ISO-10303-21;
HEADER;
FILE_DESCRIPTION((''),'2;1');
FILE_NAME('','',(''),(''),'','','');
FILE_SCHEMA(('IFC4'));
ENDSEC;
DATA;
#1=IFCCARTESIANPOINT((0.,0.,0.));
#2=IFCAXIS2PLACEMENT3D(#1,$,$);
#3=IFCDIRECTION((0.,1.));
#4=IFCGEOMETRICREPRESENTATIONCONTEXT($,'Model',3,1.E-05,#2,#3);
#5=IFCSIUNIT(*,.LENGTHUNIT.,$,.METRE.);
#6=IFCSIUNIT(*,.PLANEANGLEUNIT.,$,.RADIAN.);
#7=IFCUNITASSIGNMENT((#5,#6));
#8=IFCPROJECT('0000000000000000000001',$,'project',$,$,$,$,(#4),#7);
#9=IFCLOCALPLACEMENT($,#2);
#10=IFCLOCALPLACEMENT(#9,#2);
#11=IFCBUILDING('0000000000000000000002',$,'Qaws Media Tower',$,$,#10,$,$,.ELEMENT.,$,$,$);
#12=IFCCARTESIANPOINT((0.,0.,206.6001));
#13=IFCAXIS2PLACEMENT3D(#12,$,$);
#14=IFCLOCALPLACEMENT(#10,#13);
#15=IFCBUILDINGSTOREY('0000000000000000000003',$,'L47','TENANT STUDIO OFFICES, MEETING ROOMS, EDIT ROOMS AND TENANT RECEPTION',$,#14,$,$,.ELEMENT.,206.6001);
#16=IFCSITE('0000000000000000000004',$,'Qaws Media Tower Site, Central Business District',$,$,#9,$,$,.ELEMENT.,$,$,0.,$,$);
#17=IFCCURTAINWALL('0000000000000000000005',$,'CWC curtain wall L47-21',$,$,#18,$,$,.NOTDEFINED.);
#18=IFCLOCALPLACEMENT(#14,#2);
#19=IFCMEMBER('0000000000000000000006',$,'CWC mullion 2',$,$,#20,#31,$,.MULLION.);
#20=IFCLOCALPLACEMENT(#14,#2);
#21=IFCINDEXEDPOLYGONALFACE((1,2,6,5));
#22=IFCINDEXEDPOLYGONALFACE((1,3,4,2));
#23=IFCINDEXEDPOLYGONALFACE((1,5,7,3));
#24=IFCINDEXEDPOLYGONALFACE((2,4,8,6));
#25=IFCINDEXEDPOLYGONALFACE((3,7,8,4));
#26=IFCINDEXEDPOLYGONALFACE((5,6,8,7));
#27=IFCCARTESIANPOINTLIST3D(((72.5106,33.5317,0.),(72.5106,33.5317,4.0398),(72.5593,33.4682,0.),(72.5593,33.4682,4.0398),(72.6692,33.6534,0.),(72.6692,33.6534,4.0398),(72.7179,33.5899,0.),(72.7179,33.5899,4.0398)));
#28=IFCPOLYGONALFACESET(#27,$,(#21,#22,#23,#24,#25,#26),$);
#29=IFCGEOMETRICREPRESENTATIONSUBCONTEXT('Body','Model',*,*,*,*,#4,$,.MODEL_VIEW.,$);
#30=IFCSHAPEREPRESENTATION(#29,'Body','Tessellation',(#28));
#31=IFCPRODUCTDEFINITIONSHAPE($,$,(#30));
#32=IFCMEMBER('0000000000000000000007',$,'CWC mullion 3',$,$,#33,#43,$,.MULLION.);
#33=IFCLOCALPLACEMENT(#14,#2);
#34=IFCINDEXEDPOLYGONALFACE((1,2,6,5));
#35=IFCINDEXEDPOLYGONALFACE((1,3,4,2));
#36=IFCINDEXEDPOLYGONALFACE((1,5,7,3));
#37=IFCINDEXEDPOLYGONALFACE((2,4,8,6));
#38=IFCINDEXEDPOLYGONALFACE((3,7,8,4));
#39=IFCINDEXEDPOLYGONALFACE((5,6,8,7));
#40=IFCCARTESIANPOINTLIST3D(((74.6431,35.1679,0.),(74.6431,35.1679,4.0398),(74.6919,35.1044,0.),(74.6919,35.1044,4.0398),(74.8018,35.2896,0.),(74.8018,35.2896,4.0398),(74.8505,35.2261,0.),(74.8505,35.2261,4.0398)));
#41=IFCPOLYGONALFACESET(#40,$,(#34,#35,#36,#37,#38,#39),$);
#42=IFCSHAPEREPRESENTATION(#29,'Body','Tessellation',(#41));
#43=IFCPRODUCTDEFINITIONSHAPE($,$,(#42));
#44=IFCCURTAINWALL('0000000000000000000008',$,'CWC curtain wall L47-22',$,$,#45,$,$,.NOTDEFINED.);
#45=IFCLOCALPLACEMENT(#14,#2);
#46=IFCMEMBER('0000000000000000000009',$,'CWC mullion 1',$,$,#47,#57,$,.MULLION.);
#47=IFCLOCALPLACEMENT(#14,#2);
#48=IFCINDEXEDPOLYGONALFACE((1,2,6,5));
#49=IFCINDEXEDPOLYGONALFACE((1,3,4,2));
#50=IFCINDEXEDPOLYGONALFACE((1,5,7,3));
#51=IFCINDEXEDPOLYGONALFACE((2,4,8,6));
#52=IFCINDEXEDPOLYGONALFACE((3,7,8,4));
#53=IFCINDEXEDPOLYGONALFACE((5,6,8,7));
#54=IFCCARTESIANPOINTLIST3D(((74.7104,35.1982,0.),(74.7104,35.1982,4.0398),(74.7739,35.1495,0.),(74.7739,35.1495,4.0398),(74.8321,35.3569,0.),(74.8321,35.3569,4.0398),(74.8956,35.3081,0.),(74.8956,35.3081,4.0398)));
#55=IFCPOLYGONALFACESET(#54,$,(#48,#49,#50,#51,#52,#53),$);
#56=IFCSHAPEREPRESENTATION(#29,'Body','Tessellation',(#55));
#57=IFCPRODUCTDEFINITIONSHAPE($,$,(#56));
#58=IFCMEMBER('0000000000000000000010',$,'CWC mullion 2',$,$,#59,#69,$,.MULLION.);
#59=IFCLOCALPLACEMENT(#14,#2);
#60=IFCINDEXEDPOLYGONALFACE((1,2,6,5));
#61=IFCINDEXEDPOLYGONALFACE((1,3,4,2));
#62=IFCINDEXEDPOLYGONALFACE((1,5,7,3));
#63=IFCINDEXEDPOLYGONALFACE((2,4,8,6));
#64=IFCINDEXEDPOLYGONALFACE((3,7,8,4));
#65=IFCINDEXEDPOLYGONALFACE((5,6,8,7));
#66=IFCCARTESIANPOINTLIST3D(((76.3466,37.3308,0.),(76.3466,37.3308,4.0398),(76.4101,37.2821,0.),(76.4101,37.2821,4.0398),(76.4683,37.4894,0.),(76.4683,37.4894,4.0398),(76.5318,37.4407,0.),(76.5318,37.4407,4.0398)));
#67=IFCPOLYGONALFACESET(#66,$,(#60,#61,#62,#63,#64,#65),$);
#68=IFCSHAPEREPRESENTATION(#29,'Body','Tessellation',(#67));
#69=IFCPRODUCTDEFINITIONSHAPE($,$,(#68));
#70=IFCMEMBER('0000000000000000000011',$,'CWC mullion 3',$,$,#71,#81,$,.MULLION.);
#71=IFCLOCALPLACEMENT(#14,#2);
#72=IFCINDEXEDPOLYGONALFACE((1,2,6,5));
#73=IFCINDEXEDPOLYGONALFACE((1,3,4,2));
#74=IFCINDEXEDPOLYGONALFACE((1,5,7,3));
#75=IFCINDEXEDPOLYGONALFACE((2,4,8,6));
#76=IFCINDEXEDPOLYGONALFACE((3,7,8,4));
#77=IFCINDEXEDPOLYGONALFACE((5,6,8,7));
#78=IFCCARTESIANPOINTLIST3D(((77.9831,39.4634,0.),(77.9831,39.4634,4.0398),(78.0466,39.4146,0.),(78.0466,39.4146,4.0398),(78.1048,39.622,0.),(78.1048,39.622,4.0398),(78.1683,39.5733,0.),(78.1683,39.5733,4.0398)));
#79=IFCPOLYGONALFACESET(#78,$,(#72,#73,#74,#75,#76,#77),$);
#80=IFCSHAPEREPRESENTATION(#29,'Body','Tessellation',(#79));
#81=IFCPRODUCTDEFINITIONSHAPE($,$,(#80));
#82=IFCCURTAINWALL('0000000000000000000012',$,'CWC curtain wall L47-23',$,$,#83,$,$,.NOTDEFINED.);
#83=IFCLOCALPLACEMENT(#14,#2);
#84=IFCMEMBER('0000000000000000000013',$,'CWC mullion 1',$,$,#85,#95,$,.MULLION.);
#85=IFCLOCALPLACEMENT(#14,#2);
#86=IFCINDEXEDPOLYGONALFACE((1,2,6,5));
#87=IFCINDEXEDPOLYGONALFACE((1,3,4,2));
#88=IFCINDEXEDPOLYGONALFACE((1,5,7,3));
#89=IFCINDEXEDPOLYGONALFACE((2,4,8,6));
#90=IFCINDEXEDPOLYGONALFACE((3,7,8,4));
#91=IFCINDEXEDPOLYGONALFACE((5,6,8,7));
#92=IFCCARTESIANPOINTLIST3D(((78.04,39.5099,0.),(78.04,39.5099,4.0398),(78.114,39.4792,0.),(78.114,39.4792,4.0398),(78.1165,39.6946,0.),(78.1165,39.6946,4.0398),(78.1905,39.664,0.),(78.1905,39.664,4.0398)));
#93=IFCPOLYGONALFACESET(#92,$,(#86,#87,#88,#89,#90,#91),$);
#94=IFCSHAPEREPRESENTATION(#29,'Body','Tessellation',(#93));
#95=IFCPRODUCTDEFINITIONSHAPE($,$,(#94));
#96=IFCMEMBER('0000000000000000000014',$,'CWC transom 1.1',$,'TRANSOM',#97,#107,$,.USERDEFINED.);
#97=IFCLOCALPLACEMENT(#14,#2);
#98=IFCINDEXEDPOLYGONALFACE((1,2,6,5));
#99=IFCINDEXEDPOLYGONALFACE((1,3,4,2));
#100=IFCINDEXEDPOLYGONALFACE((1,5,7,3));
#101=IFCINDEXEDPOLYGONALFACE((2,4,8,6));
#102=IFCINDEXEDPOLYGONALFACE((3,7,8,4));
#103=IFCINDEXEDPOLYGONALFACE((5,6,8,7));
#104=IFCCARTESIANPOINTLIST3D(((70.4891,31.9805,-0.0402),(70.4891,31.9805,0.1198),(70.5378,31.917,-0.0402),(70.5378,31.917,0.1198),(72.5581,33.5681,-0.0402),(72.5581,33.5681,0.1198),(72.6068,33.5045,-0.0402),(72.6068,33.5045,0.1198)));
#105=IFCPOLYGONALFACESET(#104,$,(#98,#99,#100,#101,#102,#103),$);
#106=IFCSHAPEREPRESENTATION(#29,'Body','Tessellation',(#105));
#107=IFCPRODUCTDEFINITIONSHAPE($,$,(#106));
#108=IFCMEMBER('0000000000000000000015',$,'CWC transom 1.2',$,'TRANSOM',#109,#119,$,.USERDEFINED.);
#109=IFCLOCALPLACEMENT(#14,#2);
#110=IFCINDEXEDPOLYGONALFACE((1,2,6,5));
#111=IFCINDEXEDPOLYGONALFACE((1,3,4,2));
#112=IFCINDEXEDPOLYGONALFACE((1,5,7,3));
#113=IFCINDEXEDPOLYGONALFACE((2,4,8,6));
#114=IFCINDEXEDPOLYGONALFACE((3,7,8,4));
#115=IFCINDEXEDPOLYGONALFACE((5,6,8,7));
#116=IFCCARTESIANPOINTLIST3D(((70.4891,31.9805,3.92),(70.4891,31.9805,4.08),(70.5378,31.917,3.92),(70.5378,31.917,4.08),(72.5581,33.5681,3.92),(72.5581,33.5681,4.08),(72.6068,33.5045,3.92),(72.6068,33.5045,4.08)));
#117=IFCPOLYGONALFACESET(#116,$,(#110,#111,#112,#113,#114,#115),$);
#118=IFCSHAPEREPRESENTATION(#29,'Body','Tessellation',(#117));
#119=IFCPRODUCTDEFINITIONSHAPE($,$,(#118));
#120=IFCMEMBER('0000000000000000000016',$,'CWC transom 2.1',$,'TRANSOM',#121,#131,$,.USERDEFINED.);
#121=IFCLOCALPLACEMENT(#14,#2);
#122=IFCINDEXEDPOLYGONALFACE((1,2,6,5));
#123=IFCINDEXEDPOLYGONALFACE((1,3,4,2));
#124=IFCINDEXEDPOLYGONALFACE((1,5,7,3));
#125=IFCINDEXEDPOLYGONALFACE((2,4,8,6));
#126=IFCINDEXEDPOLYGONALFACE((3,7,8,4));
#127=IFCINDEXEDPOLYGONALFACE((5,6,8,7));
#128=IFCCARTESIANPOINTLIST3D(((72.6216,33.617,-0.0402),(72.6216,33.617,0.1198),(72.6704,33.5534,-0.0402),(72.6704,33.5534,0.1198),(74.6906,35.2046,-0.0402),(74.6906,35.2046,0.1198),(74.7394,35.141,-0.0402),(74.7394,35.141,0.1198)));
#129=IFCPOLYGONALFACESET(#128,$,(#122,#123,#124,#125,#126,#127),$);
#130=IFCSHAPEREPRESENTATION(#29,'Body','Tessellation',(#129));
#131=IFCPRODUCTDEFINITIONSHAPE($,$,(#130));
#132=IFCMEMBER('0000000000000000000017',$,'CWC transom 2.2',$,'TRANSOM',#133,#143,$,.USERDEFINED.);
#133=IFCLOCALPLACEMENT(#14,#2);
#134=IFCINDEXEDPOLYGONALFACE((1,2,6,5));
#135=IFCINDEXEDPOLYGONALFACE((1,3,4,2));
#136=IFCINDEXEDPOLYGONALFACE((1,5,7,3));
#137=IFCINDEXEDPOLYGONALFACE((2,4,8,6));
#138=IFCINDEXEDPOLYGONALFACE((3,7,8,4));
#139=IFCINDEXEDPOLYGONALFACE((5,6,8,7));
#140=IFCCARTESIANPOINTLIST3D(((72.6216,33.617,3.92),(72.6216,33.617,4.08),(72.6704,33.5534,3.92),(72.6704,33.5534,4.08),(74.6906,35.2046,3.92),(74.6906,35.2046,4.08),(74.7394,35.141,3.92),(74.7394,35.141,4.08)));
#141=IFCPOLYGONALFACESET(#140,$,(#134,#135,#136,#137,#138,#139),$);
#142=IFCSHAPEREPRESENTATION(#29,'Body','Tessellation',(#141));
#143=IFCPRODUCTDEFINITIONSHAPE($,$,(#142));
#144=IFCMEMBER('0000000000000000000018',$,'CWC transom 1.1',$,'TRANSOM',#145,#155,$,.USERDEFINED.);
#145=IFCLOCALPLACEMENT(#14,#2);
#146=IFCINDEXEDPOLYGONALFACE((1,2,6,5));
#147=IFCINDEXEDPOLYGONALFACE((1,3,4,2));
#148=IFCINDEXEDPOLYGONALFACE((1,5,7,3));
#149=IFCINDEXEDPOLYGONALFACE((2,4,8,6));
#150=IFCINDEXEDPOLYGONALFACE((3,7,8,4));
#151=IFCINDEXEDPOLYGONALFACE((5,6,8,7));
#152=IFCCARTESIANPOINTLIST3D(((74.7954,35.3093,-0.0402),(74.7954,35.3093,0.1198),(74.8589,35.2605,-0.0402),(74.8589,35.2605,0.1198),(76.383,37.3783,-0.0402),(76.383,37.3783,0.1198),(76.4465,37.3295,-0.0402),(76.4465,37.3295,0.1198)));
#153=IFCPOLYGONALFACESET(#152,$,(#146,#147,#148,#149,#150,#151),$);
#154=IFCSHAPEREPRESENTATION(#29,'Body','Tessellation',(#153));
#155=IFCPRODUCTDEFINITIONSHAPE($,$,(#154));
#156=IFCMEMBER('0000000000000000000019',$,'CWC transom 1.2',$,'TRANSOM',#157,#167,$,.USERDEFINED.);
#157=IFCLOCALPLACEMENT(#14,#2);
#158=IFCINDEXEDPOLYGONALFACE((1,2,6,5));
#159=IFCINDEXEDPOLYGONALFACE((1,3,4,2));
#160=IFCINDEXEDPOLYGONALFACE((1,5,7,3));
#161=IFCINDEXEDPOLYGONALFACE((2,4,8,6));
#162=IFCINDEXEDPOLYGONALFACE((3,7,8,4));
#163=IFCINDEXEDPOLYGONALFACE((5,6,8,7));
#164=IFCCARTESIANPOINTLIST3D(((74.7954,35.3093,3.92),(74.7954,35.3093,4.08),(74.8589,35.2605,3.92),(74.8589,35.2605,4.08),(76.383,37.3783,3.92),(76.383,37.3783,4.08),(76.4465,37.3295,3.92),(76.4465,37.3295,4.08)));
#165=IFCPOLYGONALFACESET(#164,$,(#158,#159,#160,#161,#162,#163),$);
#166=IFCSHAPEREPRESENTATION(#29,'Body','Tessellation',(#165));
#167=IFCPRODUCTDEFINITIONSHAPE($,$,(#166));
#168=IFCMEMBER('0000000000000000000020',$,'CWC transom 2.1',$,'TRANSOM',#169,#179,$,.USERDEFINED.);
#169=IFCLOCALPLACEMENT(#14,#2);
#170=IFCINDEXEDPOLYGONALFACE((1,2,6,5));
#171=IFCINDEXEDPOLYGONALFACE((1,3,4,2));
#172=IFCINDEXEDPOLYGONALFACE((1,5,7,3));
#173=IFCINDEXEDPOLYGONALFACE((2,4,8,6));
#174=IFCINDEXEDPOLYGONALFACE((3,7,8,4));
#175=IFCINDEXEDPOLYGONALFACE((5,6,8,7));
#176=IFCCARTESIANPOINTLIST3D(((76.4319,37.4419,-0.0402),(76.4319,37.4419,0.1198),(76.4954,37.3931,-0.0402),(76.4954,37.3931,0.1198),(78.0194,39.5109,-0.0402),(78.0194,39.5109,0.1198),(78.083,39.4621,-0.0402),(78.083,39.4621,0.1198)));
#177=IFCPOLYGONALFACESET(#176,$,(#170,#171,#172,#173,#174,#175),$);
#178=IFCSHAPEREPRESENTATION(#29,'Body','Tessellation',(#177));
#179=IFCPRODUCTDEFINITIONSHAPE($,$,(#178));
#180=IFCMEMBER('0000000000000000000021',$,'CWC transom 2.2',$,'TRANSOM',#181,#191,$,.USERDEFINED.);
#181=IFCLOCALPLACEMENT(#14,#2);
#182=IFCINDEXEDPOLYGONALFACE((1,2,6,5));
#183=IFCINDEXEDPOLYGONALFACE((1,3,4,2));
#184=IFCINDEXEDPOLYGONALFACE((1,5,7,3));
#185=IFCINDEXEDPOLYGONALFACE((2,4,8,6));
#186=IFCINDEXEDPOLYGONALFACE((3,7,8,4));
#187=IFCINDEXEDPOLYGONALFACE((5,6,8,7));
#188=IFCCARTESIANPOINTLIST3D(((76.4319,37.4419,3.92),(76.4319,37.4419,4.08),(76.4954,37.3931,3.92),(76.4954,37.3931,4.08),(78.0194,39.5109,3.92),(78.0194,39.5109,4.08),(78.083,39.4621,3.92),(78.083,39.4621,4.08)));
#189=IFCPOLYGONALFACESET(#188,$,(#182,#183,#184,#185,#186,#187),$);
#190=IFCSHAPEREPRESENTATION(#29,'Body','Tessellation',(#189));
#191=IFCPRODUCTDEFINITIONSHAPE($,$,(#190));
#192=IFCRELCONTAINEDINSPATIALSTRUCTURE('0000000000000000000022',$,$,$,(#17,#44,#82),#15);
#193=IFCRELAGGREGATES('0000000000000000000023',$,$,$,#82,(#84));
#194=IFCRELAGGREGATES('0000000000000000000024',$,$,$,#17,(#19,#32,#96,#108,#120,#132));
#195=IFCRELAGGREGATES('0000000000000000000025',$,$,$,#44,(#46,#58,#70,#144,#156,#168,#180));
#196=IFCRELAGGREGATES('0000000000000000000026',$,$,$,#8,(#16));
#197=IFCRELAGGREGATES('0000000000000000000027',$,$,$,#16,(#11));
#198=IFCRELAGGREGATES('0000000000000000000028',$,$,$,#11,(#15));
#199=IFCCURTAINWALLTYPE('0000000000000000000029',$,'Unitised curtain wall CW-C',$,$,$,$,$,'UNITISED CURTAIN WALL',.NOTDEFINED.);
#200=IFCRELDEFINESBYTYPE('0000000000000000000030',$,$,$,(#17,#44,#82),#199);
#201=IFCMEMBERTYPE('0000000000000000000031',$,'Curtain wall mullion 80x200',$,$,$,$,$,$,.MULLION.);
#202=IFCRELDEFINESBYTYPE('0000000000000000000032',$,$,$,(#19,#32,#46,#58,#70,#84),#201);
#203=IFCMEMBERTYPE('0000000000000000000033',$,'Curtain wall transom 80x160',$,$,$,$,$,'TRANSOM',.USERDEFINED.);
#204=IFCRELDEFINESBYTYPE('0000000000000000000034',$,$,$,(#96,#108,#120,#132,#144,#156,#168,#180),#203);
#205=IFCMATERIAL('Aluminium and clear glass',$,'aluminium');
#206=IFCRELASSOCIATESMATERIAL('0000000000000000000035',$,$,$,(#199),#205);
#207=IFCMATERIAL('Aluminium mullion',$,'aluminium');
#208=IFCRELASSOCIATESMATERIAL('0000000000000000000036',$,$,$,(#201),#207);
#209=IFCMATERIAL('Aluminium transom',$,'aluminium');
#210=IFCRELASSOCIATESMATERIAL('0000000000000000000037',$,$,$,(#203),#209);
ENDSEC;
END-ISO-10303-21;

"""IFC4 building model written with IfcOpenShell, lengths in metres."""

from ifc_helpers import new_model, si_unit, direction, frame, origin, origin_2d, place, context, subcontext, project, spatial, rectangle, extrude, material, material_profile, profile_set, type_object, element, aggregate, save


model = new_model("IFC4")

# Units and contexts
model_context = context("Model", 3, precision=1e-05, world=origin(), true_north=direction((0.0, 1.0)))
body_context = subcontext(model_context, "Body", "Model", "MODEL_VIEW")
ifc_project = project(units=[si_unit("LENGTHUNIT", "METRE"), si_unit("PLANEANGLEUNIT", "RADIAN")], contexts=[model_context])

# Site, building, storey
site_placement = place(None, origin())
site = spatial("IfcSite", under=ifc_project, at=site_placement, Name="Qaws Media Tower Site, Central Business District", CompositionType="ELEMENT", RefElevation=0.0)
building_placement = place(site_placement, origin())
building = spatial("IfcBuilding", under=site, at=building_placement, Name="Qaws Media Tower", CompositionType="ELEMENT")
storey_placement = place(building_placement, frame((0.0, 0.0, 206.6001)))
storey = spatial("IfcBuildingStorey", under=building, at=storey_placement, Name="L47", Description="TENANT STUDIO OFFICES, MEETING ROOMS, EDIT ROOMS AND TENANT RECEPTION", CompositionType="ELEMENT", Elevation=206.6001)

# Curtain walls, members
ifc_material_1 = material(Name="Aluminium and clear glass", Category="aluminium")
curtain_wall_type = type_object("IfcCurtainWallType", Name="Unitised curtain wall CW-C", ElementType="UNITISED CURTAIN WALL", PredefinedType="NOTDEFINED", material=ifc_material_1)
curtain_wall_1_placement = place(storey_placement, origin())
curtain_wall_1 = element("IfcCurtainWall", 1, at=curtain_wall_1_placement, inside=storey, type_object=curtain_wall_type, Name="CWC curtain wall L47-21", PredefinedType="NOTDEFINED")
ifc_material_2 = material(Name="Aluminium mullion", Category="aluminium")
ifc_material_profile_1 = material_profile(ifc_material_2, rectangle(XDim=0.0801, YDim=0.2, at=origin_2d()), Name="80x200")
ifc_profile_set_1 = profile_set([ifc_material_profile_1], Name="Aluminium mullion")
member_type_1 = type_object("IfcMemberType", Name="Curtain wall mullion 80x200", PredefinedType="MULLION", material=ifc_profile_set_1)
member_1_placement = place(storey_placement, frame((72.6143, 33.5608, 0.0), z_axis=(0.0, 0.0, 1.0), x_axis=(-0.608761, 0.793353, 0.0)))
member_1 = element("IfcMember", 2, at=member_1_placement, type_object=member_type_1, Name="CWC mullion 2", PredefinedType="MULLION", context=body_context, shape_type="SweptSolid", body=[
    extrude(rectangle(XDim=0.0801, YDim=0.2, at=origin_2d()), origin(), (0.0, 0.0, 1.0), 4.0398),
])
member_2_placement = place(storey_placement, frame((74.7468, 35.197, 0.0), z_axis=(0.0, 0.0, 1.0), x_axis=(-0.608761, 0.793353, 0.0)))
member_2 = element("IfcMember", 3, at=member_2_placement, type_object=member_type_1, Name="CWC mullion 3", PredefinedType="MULLION", context=body_context, shape_type="SweptSolid", body=[
    extrude(rectangle(XDim=0.0801, YDim=0.2, at=origin_2d()), origin(), (0.0, 0.0, 1.0), 4.0398),
])
curtain_wall_2_placement = place(storey_placement, origin())
curtain_wall_2 = element("IfcCurtainWall", 4, at=curtain_wall_2_placement, inside=storey, type_object=curtain_wall_type, Name="CWC curtain wall L47-22", PredefinedType="NOTDEFINED")
member_3_placement = place(storey_placement, frame((74.803, 35.2532, 0.0), z_axis=(0.0, 0.0, 1.0), x_axis=(-0.793353, 0.608761, 0.0)))
member_3 = element("IfcMember", 5, at=member_3_placement, type_object=member_type_1, Name="CWC mullion 1", PredefinedType="MULLION", context=body_context, shape_type="SweptSolid", body=[
    extrude(rectangle(XDim=0.0801, YDim=0.2, at=origin_2d()), origin(), (0.0, 0.0, 1.0), 4.0398),
])
member_4_placement = place(storey_placement, frame((76.4392, 37.3857, 0.0), z_axis=(0.0, 0.0, 1.0), x_axis=(-0.793353, 0.608761, 0.0)))
member_4 = element("IfcMember", 6, at=member_4_placement, type_object=member_type_1, Name="CWC mullion 2", PredefinedType="MULLION", context=body_context, shape_type="SweptSolid", body=[
    extrude(rectangle(XDim=0.0801, YDim=0.2, at=origin_2d()), origin(), (0.0, 0.0, 1.0), 4.0398),
])
member_5_placement = place(storey_placement, frame((78.0757, 39.5183, 0.0), z_axis=(0.0, 0.0, 1.0), x_axis=(-0.793353, 0.608761, 0.0)))
member_5 = element("IfcMember", 7, at=member_5_placement, type_object=member_type_1, Name="CWC mullion 3", PredefinedType="MULLION", context=body_context, shape_type="SweptSolid", body=[
    extrude(rectangle(XDim=0.0801, YDim=0.2, at=origin_2d()), origin(), (0.0, 0.0, 1.0), 4.0398),
])

# Curtain wall, member
curtain_wall_3_placement = place(storey_placement, origin())
curtain_wall_3 = element("IfcCurtainWall", 8, at=curtain_wall_3_placement, inside=storey, type_object=curtain_wall_type, Name="CWC curtain wall L47-23", PredefinedType="NOTDEFINED")
member_6_placement = place(storey_placement, frame((78.1152, 39.5869, 0.0), z_axis=(0.0, 0.0, 1.0), x_axis=(-0.92388, 0.382683, 0.0)))
member_6 = element("IfcMember", 9, at=member_6_placement, type_object=member_type_1, Name="CWC mullion 1", PredefinedType="MULLION", context=body_context, shape_type="SweptSolid", body=[
    extrude(rectangle(XDim=0.0801, YDim=0.2, at=origin_2d()), origin(), (0.0, 0.0, 1.0), 4.0398),
])
aggregate(curtain_wall_3, [member_6])

# Members
ifc_material_3 = material(Name="Aluminium transom", Category="aluminium")
ifc_material_profile_2 = material_profile(ifc_material_3, rectangle(XDim=0.0801, YDim=0.1599, at=origin_2d()), Name="80x160")
ifc_profile_set_2 = profile_set([ifc_material_profile_2], Name="Aluminium transom")
member_type_2 = type_object("IfcMemberType", Name="Curtain wall transom 80x160", ElementType="TRANSOM", PredefinedType="USERDEFINED", material=ifc_profile_set_2)
member_7_placement = place(storey_placement, frame((70.5134, 31.9487, 0.0398), z_axis=(0.793358, 0.608756, 0.0), x_axis=(-0.608756, 0.793358, 0.0)))
member_7 = element("IfcMember", 10, at=member_7_placement, type_object=member_type_2, Name="CWC transom 1.1", ObjectType="TRANSOM", PredefinedType="USERDEFINED", context=body_context, shape_type="SweptSolid", body=[
    extrude(rectangle(XDim=0.0801, YDim=0.1599, at=origin_2d()), origin(), (0.0, 0.0, 1.0), 2.6079),
])
member_8_placement = place(storey_placement, frame((70.5134, 31.9487, 4.0), z_axis=(0.793358, 0.608756, 0.0), x_axis=(-0.608756, 0.793358, 0.0)))
member_8 = element("IfcMember", 11, at=member_8_placement, type_object=member_type_2, Name="CWC transom 1.2", ObjectType="TRANSOM", PredefinedType="USERDEFINED", context=body_context, shape_type="SweptSolid", body=[
    extrude(rectangle(XDim=0.0801, YDim=0.1599, at=origin_2d()), origin(), (0.0, 0.0, 1.0), 2.6079),
])
member_9_placement = place(storey_placement, frame((72.646, 33.5852, 0.0398), z_axis=(0.793358, 0.608756, 0.0), x_axis=(-0.608756, 0.793358, 0.0)))
member_9 = element("IfcMember", 12, at=member_9_placement, type_object=member_type_2, Name="CWC transom 2.1", ObjectType="TRANSOM", PredefinedType="USERDEFINED", context=body_context, shape_type="SweptSolid", body=[
    extrude(rectangle(XDim=0.0801, YDim=0.1599, at=origin_2d()), origin(), (0.0, 0.0, 1.0), 2.6079),
])
member_10_placement = place(storey_placement, frame((72.646, 33.5852, 4.0), z_axis=(0.793358, 0.608756, 0.0), x_axis=(-0.608756, 0.793358, 0.0)))
member_10 = element("IfcMember", 13, at=member_10_placement, type_object=member_type_2, Name="CWC transom 2.2", ObjectType="TRANSOM", PredefinedType="USERDEFINED", context=body_context, shape_type="SweptSolid", body=[
    extrude(rectangle(XDim=0.0801, YDim=0.1599, at=origin_2d()), origin(), (0.0, 0.0, 1.0), 2.6079),
])
member_11_placement = place(storey_placement, frame((74.8271, 35.2849, 0.0398), z_axis=(0.608756, 0.793358, 0.0), x_axis=(-0.793358, 0.608756, 0.0)))
member_11 = element("IfcMember", 14, at=member_11_placement, type_object=member_type_2, Name="CWC transom 1.1", ObjectType="TRANSOM", PredefinedType="USERDEFINED", context=body_context, shape_type="SweptSolid", body=[
    extrude(rectangle(XDim=0.0801, YDim=0.1599, at=origin_2d()), origin(), (0.0, 0.0, 1.0), 2.6079),
])
member_12_placement = place(storey_placement, frame((74.8271, 35.2849, 4.0), z_axis=(0.608756, 0.793358, 0.0), x_axis=(-0.793358, 0.608756, 0.0)))
member_12 = element("IfcMember", 15, at=member_12_placement, type_object=member_type_2, Name="CWC transom 1.2", ObjectType="TRANSOM", PredefinedType="USERDEFINED", context=body_context, shape_type="SweptSolid", body=[
    extrude(rectangle(XDim=0.0801, YDim=0.1599, at=origin_2d()), origin(), (0.0, 0.0, 1.0), 2.6079),
])
member_13_placement = place(storey_placement, frame((76.4636, 37.4175, 0.0398), z_axis=(0.608756, 0.793358, 0.0), x_axis=(-0.793358, 0.608756, 0.0)))
member_13 = element("IfcMember", 16, at=member_13_placement, type_object=member_type_2, Name="CWC transom 2.1", ObjectType="TRANSOM", PredefinedType="USERDEFINED", context=body_context, shape_type="SweptSolid", body=[
    extrude(rectangle(XDim=0.0801, YDim=0.1599, at=origin_2d()), origin(), (0.0, 0.0, 1.0), 2.6079),
])
member_14_placement = place(storey_placement, frame((76.4636, 37.4175, 4.0), z_axis=(0.608756, 0.793358, 0.0), x_axis=(-0.793358, 0.608756, 0.0)))
member_14 = element("IfcMember", 17, at=member_14_placement, type_object=member_type_2, Name="CWC transom 2.2", ObjectType="TRANSOM", PredefinedType="USERDEFINED", context=body_context, shape_type="SweptSolid", body=[
    extrude(rectangle(XDim=0.0801, YDim=0.1599, at=origin_2d()), origin(), (0.0, 0.0, 1.0), 2.6079),
])

aggregate(curtain_wall_1, [member_1, member_2, member_7, member_8, member_9, member_10])
aggregate(curtain_wall_2, [member_3, member_4, member_5, member_11, member_12, member_13, member_14])

save(model, "model.ifc")
